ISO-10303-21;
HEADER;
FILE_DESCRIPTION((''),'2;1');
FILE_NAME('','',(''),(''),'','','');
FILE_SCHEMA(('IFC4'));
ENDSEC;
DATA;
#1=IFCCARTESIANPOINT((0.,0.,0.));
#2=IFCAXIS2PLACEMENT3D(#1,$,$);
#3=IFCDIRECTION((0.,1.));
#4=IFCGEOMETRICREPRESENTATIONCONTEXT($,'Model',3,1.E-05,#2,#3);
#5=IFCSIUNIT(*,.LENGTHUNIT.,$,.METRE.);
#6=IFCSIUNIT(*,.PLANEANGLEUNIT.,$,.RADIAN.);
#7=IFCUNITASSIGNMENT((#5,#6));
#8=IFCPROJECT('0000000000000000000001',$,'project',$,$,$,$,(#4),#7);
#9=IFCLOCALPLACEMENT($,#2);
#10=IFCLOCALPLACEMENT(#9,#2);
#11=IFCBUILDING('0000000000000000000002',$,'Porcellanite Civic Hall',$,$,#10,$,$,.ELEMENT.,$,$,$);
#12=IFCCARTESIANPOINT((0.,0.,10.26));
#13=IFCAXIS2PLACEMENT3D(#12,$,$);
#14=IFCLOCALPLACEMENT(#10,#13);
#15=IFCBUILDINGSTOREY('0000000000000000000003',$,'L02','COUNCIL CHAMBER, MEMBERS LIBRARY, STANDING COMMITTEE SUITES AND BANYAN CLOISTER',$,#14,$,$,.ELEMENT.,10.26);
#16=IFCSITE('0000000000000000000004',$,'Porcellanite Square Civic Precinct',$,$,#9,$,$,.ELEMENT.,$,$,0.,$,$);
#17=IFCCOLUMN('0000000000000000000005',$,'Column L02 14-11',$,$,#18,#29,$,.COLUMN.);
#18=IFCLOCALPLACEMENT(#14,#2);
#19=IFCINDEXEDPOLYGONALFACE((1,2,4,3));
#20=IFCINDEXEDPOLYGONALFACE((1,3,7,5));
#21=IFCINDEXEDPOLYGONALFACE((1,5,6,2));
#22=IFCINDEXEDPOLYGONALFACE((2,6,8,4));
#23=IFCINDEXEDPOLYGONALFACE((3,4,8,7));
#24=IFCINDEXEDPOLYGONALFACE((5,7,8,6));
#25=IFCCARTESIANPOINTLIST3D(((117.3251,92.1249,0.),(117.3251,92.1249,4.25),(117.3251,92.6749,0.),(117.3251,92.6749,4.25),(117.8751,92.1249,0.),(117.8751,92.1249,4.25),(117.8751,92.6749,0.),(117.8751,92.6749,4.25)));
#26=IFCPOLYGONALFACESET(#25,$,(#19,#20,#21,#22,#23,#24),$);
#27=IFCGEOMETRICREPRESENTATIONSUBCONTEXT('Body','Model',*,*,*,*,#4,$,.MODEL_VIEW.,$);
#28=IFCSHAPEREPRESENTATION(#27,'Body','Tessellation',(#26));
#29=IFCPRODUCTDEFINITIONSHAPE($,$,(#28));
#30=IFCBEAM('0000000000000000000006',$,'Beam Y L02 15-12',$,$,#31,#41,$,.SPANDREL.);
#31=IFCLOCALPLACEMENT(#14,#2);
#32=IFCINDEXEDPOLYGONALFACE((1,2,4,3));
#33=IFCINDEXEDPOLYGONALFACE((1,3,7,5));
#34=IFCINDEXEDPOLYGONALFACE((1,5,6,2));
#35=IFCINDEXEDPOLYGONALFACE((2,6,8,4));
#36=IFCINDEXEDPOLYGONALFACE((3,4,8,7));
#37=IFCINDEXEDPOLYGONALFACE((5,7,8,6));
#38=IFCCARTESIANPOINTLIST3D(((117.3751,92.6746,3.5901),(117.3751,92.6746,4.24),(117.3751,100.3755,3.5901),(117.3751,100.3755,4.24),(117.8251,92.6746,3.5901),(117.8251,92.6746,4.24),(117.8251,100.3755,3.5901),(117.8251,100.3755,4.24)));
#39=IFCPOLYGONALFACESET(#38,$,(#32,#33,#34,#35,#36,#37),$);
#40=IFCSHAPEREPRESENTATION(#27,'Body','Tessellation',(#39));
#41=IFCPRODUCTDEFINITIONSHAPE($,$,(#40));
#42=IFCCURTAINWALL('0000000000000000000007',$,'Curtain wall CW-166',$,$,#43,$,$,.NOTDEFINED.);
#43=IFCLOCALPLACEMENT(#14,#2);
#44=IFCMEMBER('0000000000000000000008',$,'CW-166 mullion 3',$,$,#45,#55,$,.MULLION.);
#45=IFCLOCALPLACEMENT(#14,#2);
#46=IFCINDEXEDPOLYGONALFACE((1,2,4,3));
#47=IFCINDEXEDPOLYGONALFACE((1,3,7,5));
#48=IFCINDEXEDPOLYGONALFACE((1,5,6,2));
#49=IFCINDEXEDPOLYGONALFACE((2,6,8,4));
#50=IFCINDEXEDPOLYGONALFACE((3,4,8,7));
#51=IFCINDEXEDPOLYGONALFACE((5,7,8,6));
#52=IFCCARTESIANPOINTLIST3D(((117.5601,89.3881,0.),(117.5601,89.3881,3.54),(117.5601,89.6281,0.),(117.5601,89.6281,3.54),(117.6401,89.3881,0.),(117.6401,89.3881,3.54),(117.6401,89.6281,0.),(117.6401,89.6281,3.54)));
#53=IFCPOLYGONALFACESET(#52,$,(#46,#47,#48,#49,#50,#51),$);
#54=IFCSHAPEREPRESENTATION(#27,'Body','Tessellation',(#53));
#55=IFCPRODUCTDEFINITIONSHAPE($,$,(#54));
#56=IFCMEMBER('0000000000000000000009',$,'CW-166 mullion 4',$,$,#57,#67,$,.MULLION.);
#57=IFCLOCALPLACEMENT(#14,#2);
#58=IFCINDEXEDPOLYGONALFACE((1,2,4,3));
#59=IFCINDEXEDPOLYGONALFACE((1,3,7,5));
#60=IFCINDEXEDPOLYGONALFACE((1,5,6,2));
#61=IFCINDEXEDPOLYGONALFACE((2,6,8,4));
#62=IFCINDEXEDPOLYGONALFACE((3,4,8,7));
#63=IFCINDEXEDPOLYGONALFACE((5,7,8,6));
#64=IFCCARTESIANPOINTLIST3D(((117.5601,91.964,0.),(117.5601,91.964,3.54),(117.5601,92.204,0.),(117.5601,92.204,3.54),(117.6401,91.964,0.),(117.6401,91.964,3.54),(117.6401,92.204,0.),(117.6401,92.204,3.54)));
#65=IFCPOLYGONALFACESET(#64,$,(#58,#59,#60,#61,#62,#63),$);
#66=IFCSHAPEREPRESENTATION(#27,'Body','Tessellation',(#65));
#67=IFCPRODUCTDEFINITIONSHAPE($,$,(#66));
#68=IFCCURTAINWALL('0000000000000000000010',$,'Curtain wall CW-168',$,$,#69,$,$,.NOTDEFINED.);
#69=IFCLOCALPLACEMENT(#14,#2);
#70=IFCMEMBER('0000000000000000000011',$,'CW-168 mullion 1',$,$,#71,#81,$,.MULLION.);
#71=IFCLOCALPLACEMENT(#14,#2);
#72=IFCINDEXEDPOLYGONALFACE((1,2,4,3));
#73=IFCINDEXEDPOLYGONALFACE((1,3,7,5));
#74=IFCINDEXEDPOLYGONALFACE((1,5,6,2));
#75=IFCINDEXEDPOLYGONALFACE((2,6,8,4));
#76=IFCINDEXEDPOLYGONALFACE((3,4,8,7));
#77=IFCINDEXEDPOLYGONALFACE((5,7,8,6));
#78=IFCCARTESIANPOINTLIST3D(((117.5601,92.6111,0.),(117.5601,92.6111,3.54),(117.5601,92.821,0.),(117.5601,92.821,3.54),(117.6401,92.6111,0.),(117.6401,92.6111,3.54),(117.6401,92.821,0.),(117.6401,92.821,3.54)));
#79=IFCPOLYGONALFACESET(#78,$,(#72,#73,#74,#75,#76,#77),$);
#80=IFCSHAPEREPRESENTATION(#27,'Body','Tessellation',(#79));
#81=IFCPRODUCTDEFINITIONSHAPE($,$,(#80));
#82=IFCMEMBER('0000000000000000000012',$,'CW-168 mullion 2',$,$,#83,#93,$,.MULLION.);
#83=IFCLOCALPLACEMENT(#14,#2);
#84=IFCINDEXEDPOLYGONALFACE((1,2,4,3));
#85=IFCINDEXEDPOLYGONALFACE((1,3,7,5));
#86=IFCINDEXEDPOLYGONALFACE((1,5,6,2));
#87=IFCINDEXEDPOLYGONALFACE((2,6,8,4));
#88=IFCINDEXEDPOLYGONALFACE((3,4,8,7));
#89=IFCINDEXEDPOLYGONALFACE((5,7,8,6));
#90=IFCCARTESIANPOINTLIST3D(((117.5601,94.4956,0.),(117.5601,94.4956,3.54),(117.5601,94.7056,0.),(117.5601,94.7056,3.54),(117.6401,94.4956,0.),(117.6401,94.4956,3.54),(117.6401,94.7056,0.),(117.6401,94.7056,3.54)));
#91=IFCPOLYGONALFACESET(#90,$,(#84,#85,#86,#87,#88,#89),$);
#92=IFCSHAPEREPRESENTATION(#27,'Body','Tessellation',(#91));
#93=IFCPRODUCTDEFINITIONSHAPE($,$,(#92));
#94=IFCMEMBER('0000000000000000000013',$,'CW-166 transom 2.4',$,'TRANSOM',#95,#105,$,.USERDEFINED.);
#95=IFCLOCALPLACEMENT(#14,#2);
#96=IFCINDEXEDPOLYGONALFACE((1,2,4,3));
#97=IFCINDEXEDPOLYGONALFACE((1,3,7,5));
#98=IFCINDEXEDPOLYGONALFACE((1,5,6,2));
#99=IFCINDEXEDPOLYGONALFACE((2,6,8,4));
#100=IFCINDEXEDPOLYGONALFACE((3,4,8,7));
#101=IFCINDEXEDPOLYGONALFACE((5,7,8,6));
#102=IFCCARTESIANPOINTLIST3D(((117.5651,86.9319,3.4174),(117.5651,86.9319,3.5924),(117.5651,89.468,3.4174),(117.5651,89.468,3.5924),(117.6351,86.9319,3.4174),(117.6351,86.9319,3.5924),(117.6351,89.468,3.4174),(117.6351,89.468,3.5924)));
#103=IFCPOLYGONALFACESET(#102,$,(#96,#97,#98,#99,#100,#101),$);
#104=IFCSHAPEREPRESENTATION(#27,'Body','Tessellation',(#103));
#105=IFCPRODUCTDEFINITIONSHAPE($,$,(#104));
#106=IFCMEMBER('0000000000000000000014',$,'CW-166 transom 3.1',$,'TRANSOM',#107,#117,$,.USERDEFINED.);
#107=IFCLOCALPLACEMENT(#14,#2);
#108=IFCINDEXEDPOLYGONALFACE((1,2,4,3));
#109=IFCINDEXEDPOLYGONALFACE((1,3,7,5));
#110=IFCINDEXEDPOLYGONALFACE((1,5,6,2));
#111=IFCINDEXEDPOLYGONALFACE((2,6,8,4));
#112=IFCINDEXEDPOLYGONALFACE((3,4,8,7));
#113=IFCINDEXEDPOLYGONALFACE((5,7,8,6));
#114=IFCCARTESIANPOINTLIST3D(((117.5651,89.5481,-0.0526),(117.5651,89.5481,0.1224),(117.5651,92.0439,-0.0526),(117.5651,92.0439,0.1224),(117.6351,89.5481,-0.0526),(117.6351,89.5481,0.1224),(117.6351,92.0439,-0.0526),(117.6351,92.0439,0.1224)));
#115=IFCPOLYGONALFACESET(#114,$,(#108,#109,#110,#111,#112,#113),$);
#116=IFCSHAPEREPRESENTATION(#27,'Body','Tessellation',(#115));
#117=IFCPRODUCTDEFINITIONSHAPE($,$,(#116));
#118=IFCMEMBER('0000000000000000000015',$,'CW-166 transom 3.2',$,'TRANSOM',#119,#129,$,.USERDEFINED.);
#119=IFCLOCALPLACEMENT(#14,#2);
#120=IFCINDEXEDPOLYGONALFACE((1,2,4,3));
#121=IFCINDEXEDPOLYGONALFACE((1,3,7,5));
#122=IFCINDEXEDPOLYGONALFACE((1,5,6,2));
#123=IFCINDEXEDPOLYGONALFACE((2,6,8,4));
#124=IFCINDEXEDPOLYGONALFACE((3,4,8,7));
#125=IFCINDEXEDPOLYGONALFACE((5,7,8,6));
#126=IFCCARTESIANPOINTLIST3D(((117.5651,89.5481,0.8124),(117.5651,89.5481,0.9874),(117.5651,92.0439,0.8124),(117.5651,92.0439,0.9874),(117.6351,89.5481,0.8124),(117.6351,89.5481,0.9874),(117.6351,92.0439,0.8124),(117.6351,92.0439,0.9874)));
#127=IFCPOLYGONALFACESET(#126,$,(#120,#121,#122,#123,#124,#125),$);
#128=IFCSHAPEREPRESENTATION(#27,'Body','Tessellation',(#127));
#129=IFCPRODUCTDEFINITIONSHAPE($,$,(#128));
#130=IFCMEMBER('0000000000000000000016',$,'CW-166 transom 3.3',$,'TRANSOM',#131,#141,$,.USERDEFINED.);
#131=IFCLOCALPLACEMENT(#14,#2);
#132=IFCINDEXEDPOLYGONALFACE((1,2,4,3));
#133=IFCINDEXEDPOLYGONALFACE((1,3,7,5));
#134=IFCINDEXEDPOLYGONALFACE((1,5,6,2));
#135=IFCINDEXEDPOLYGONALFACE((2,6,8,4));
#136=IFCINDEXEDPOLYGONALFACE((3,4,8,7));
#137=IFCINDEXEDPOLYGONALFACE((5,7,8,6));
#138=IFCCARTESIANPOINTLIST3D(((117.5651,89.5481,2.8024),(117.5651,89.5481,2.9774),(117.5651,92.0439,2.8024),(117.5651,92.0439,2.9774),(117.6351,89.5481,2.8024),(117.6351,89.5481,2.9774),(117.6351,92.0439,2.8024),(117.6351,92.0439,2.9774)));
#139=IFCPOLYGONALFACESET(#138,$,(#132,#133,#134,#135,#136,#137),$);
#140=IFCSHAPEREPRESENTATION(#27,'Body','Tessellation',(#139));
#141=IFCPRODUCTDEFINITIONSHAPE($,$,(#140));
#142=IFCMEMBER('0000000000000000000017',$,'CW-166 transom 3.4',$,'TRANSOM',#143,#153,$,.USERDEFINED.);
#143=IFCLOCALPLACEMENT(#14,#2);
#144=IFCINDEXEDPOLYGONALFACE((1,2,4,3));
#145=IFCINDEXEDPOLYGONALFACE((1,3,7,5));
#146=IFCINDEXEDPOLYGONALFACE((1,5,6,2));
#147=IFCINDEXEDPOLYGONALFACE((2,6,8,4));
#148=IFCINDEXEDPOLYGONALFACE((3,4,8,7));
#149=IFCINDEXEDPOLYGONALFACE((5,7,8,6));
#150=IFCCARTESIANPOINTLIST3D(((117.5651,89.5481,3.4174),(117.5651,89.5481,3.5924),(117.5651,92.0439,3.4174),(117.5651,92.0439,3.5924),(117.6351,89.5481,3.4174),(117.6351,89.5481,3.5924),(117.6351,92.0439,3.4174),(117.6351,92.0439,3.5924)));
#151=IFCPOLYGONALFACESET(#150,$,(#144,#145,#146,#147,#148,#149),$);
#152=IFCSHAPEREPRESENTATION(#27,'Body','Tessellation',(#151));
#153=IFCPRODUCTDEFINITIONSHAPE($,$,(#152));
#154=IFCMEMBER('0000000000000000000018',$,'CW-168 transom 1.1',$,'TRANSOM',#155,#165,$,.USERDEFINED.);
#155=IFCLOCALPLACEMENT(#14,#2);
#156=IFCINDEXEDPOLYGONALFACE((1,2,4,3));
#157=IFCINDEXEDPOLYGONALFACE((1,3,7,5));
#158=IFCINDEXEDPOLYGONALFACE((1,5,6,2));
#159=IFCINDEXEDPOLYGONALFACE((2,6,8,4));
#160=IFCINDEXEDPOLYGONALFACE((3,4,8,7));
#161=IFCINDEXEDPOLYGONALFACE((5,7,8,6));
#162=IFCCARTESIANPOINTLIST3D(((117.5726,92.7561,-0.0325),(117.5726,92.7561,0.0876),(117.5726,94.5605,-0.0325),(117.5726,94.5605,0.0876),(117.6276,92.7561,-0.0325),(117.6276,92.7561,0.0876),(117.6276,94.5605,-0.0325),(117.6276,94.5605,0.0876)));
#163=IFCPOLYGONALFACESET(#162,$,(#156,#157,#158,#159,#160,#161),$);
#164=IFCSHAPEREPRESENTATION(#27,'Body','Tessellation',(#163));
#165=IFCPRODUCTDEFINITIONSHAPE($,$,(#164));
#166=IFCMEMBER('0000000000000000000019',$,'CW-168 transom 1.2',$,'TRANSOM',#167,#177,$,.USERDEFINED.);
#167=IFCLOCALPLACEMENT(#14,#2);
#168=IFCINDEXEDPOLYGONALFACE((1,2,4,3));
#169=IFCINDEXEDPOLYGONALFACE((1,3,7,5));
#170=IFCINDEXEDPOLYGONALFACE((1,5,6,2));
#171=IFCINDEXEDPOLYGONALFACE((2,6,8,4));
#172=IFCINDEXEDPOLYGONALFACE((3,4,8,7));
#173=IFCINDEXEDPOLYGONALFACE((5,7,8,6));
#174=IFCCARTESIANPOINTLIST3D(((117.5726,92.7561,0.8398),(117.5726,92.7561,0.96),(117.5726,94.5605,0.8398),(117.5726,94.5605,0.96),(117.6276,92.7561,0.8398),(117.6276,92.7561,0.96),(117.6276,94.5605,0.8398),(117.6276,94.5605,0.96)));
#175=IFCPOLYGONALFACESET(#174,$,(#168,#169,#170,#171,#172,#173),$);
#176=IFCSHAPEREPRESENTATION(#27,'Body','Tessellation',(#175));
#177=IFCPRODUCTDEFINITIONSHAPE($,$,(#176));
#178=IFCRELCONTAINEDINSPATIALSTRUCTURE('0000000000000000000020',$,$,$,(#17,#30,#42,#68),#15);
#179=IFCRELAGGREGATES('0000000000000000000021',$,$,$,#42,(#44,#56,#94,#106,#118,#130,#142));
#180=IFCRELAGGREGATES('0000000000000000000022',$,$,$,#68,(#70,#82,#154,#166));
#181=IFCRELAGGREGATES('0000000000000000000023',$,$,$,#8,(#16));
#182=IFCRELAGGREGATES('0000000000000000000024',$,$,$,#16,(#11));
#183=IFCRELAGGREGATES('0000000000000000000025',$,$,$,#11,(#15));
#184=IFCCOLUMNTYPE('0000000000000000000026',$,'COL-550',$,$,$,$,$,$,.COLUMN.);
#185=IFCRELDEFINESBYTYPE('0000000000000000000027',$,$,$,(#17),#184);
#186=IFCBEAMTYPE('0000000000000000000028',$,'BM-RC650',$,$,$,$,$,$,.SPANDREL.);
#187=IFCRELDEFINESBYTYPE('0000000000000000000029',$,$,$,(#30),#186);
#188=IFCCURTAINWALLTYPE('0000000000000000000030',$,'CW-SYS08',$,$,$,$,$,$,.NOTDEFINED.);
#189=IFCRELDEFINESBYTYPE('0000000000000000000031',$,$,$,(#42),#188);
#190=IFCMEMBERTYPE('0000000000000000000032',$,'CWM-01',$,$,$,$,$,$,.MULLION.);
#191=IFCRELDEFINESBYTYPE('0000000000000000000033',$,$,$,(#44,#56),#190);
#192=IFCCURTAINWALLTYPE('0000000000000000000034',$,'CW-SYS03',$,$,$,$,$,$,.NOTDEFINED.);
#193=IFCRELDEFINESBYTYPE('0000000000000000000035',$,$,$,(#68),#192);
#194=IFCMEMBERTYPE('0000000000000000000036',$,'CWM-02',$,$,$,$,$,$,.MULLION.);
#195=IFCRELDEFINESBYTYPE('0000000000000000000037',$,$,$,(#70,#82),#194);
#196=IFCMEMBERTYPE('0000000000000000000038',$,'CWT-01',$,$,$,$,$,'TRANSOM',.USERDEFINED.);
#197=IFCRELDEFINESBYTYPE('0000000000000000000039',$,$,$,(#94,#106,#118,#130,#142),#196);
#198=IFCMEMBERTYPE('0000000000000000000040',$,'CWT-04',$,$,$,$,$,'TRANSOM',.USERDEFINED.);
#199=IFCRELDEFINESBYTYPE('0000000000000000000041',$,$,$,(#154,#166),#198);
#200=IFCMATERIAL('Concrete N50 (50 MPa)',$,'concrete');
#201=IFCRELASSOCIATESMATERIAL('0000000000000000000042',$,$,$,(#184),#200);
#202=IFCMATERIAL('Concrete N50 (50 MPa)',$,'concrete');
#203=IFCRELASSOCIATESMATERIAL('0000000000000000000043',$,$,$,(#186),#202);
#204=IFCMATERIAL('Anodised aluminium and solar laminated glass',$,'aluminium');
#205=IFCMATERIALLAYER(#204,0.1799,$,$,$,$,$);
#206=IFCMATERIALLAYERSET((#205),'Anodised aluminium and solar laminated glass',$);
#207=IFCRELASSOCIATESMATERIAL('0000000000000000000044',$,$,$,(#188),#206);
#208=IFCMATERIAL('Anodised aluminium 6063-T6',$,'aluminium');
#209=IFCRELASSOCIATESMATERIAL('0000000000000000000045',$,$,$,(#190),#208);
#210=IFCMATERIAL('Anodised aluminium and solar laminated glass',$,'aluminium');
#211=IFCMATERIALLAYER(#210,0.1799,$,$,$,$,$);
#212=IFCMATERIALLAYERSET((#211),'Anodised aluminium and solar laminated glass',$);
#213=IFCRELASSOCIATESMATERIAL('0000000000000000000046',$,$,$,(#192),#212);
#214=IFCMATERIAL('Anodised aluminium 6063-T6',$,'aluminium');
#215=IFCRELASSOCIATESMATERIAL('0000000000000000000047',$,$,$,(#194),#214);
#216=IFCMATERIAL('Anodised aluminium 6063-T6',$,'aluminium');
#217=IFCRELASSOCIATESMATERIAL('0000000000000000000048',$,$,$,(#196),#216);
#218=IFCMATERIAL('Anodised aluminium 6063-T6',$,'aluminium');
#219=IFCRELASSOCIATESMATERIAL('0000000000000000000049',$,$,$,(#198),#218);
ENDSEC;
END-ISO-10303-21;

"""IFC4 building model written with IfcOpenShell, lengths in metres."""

from ifc_helpers import new_model, si_unit, direction, frame, origin, origin_2d, place, context, subcontext, project, spatial, rectangle, extrude, material, layer, layer_set, material_profile, profile_set, type_object, element, aggregate, save


model = new_model("IFC4")

# Units and contexts
model_context = context("Model", 3, precision=1e-05, world=origin(), true_north=direction((0.0, 1.0)))
body_context = subcontext(model_context, "Body", "Model", "MODEL_VIEW")
ifc_project = project(units=[si_unit("LENGTHUNIT", "METRE"), si_unit("PLANEANGLEUNIT", "RADIAN")], contexts=[model_context])

# Site, building, storey
site_placement = place(None, origin())
site = spatial("IfcSite", under=ifc_project, at=site_placement, Name="Porcellanite Square Civic Precinct", CompositionType="ELEMENT", RefElevation=0.0)
building_placement = place(site_placement, origin())
building = spatial("IfcBuilding", under=site, at=building_placement, Name="Porcellanite Civic Hall", CompositionType="ELEMENT")
storey_placement = place(building_placement, frame((0.0, 0.0, 10.26)))
storey = spatial("IfcBuildingStorey", under=building, at=storey_placement, Name="L02", Description="COUNCIL CHAMBER, MEMBERS LIBRARY, STANDING COMMITTEE SUITES AND BANYAN CLOISTER", CompositionType="ELEMENT", Elevation=10.26)

# Column
ifc_material_1 = material(Name="Concrete N50 (50 MPa)", Category="concrete")
ifc_material_profile_1 = material_profile(ifc_material_1, rectangle(XDim=0.55, YDim=0.55, at=origin_2d()), Name="RC-550x550")
ifc_profile_set_1 = profile_set([ifc_material_profile_1], Name="Concrete N50 (50 MPa)")
column_type = type_object("IfcColumnType", Name="COL-550", PredefinedType="COLUMN", material=ifc_profile_set_1)
column_placement = place(storey_placement, frame((117.6001, 92.3999, 0.0), z_axis=(0.0, 0.0, 1.0), x_axis=(1.0, 0.0, 0.0)))
element("IfcColumn", 1, at=column_placement, inside=storey, type_object=column_type, Name="Column L02 14-11", PredefinedType="COLUMN", context=body_context, shape_type="SweptSolid", body=[
    extrude(rectangle(XDim=0.55, YDim=0.55, at=origin_2d()), origin(), (0.0, 0.0, 1.0), 4.25),
])

# Beam
ifc_material_2 = material(Name="Concrete N50 (50 MPa)", Category="concrete")
ifc_material_profile_2 = material_profile(ifc_material_2, rectangle(XDim=0.45, YDim=0.6499, at=origin_2d()), Name="RC-450x650")
ifc_profile_set_2 = profile_set([ifc_material_profile_2], Name="Concrete N50 (50 MPa)")
beam_type = type_object("IfcBeamType", Name="BM-RC650", PredefinedType="SPANDREL", material=ifc_profile_set_2)
beam_placement = place(storey_placement, frame((117.6001, 92.6746, 3.915), z_axis=(0.0, 1.0, 0.0), x_axis=(-1.0, 0.0, 0.0)))
element("IfcBeam", 2, at=beam_placement, inside=storey, type_object=beam_type, Name="Beam Y L02 15-12", PredefinedType="SPANDREL", context=body_context, shape_type="SweptSolid", body=[
    extrude(rectangle(XDim=0.45, YDim=0.6499, at=origin_2d()), origin(), (0.0, 0.0, 1.0), 7.7009),
])

# Curtain walls, members
ifc_material_3 = material(Name="Anodised aluminium and solar laminated glass", Category="aluminium")
ifc_layer_1 = layer(ifc_material_3, 0.1799)
ifc_layer_set_1 = layer_set([ifc_layer_1], Name="Anodised aluminium and solar laminated glass")
curtain_wall_type_1 = type_object("IfcCurtainWallType", Name="CW-SYS08", PredefinedType="NOTDEFINED", material=ifc_layer_set_1)
curtain_wall_1_placement = place(storey_placement, origin())
curtain_wall_1 = element("IfcCurtainWall", 3, at=curtain_wall_1_placement, inside=storey, type_object=curtain_wall_type_1, Name="Curtain wall CW-166", PredefinedType="NOTDEFINED")
ifc_material_4 = material(Name="Anodised aluminium 6063-T6", Category="aluminium")
ifc_material_profile_3 = material_profile(ifc_material_4, rectangle(XDim=0.0801, YDim=0.24, at=origin_2d()), Name="AL-80x240")
ifc_profile_set_3 = profile_set([ifc_material_profile_3], Name="Anodised aluminium 6063-T6")
member_type_1 = type_object("IfcMemberType", Name="CWM-01", PredefinedType="MULLION", material=ifc_profile_set_3)
member_1_placement = place(storey_placement, frame((117.6001, 89.5081, 0.0), z_axis=(0.0, 0.0, 1.0), x_axis=(-1.0, 0.0, 0.0)))
member_1 = element("IfcMember", 4, at=member_1_placement, type_object=member_type_1, Name="CW-166 mullion 3", PredefinedType="MULLION", context=body_context, shape_type="SweptSolid", body=[
    extrude(rectangle(XDim=0.0801, YDim=0.24, at=origin_2d()), origin(), (0.0, 0.0, 1.0), 3.54),
])
member_2_placement = place(storey_placement, frame((117.6001, 92.084, 0.0), z_axis=(0.0, 0.0, 1.0), x_axis=(-1.0, 0.0, 0.0)))
member_2 = element("IfcMember", 5, at=member_2_placement, type_object=member_type_1, Name="CW-166 mullion 4", PredefinedType="MULLION", context=body_context, shape_type="SweptSolid", body=[
    extrude(rectangle(XDim=0.0801, YDim=0.24, at=origin_2d()), origin(), (0.0, 0.0, 1.0), 3.54),
])
ifc_material_5 = material(Name="Anodised aluminium and solar laminated glass", Category="aluminium")
ifc_layer_2 = layer(ifc_material_5, 0.1799)
ifc_layer_set_2 = layer_set([ifc_layer_2], Name="Anodised aluminium and solar laminated glass")
curtain_wall_type_2 = type_object("IfcCurtainWallType", Name="CW-SYS03", PredefinedType="NOTDEFINED", material=ifc_layer_set_2)
curtain_wall_2_placement = place(storey_placement, origin())
curtain_wall_2 = element("IfcCurtainWall", 6, at=curtain_wall_2_placement, inside=storey, type_object=curtain_wall_type_2, Name="Curtain wall CW-168", PredefinedType="NOTDEFINED")
ifc_material_6 = material(Name="Anodised aluminium 6063-T6", Category="aluminium")
ifc_material_profile_4 = material_profile(ifc_material_6, rectangle(XDim=0.0801, YDim=0.21, at=origin_2d()), Name="AL-80x210")
ifc_profile_set_4 = profile_set([ifc_material_profile_4], Name="Anodised aluminium 6063-T6")
member_type_2 = type_object("IfcMemberType", Name="CWM-02", PredefinedType="MULLION", material=ifc_profile_set_4)
member_3_placement = place(storey_placement, frame((117.6001, 92.7161, 0.0), z_axis=(0.0, 0.0, 1.0), x_axis=(-1.0, 0.0, 0.0)))
member_3 = element("IfcMember", 7, at=member_3_placement, type_object=member_type_2, Name="CW-168 mullion 1", PredefinedType="MULLION", context=body_context, shape_type="SweptSolid", body=[
    extrude(rectangle(XDim=0.0801, YDim=0.21, at=origin_2d()), origin(), (0.0, 0.0, 1.0), 3.54),
])
member_4_placement = place(storey_placement, frame((117.6001, 94.6006, 0.0), z_axis=(0.0, 0.0, 1.0), x_axis=(-1.0, 0.0, 0.0)))
member_4 = element("IfcMember", 8, at=member_4_placement, type_object=member_type_2, Name="CW-168 mullion 2", PredefinedType="MULLION", context=body_context, shape_type="SweptSolid", body=[
    extrude(rectangle(XDim=0.0801, YDim=0.21, at=origin_2d()), origin(), (0.0, 0.0, 1.0), 3.54),
])

# Members
ifc_material_7 = material(Name="Anodised aluminium 6063-T6", Category="aluminium")
ifc_material_profile_5 = material_profile(ifc_material_7, rectangle(XDim=0.0701, YDim=0.175, at=origin_2d()), Name="AL-70x175")
ifc_profile_set_5 = profile_set([ifc_material_profile_5], Name="Anodised aluminium 6063-T6")
member_type_3 = type_object("IfcMemberType", Name="CWT-01", ElementType="TRANSOM", PredefinedType="USERDEFINED", material=ifc_profile_set_5)
member_5_placement = place(storey_placement, frame((117.6001, 86.9319, 3.5049), z_axis=(0.0, 1.0, 0.0), x_axis=(-1.0, 0.0, 0.0)))
member_5 = element("IfcMember", 9, at=member_5_placement, type_object=member_type_3, Name="CW-166 transom 2.4", ObjectType="TRANSOM", PredefinedType="USERDEFINED", context=body_context, shape_type="SweptSolid", body=[
    extrude(rectangle(XDim=0.0701, YDim=0.175, at=origin_2d()), origin(), (0.0, 0.0, 1.0), 2.5361),
])
member_6_placement = place(storey_placement, frame((117.6001, 89.5481, 0.0349), z_axis=(0.0, 1.0, 0.0), x_axis=(-1.0, 0.0, 0.0)))
member_6 = element("IfcMember", 10, at=member_6_placement, type_object=member_type_3, Name="CW-166 transom 3.1", ObjectType="TRANSOM", PredefinedType="USERDEFINED", context=body_context, shape_type="SweptSolid", body=[
    extrude(rectangle(XDim=0.0701, YDim=0.175, at=origin_2d()), origin(), (0.0, 0.0, 1.0), 2.4958),
])
member_7_placement = place(storey_placement, frame((117.6001, 89.5481, 0.8999), z_axis=(0.0, 1.0, 0.0), x_axis=(-1.0, 0.0, 0.0)))
member_7 = element("IfcMember", 11, at=member_7_placement, type_object=member_type_3, Name="CW-166 transom 3.2", ObjectType="TRANSOM", PredefinedType="USERDEFINED", context=body_context, shape_type="SweptSolid", body=[
    extrude(rectangle(XDim=0.0701, YDim=0.175, at=origin_2d()), origin(), (0.0, 0.0, 1.0), 2.4958),
])
member_8_placement = place(storey_placement, frame((117.6001, 89.5481, 2.8899), z_axis=(0.0, 1.0, 0.0), x_axis=(-1.0, 0.0, 0.0)))
member_8 = element("IfcMember", 12, at=member_8_placement, type_object=member_type_3, Name="CW-166 transom 3.3", ObjectType="TRANSOM", PredefinedType="USERDEFINED", context=body_context, shape_type="SweptSolid", body=[
    extrude(rectangle(XDim=0.0701, YDim=0.175, at=origin_2d()), origin(), (0.0, 0.0, 1.0), 2.4958),
])
member_9_placement = place(storey_placement, frame((117.6001, 89.5481, 3.5049), z_axis=(0.0, 1.0, 0.0), x_axis=(-1.0, 0.0, 0.0)))
member_9 = element("IfcMember", 13, at=member_9_placement, type_object=member_type_3, Name="CW-166 transom 3.4", ObjectType="TRANSOM", PredefinedType="USERDEFINED", context=body_context, shape_type="SweptSolid", body=[
    extrude(rectangle(XDim=0.0701, YDim=0.175, at=origin_2d()), origin(), (0.0, 0.0, 1.0), 2.4958),
])
ifc_material_8 = material(Name="Anodised aluminium 6063-T6", Category="aluminium")
ifc_material_profile_6 = material_profile(ifc_material_8, rectangle(XDim=0.0549, YDim=0.1201, at=origin_2d()), Name="AL-55x120")
ifc_profile_set_6 = profile_set([ifc_material_profile_6], Name="Anodised aluminium 6063-T6")
member_type_4 = type_object("IfcMemberType", Name="CWT-04", ElementType="TRANSOM", PredefinedType="USERDEFINED", material=ifc_profile_set_6)
member_10_placement = place(storey_placement, frame((117.6001, 92.7561, 0.0276), z_axis=(0.0, 1.0, 0.0), x_axis=(-1.0, 0.0, 0.0)))
member_10 = element("IfcMember", 14, at=member_10_placement, type_object=member_type_4, Name="CW-168 transom 1.1", ObjectType="TRANSOM", PredefinedType="USERDEFINED", context=body_context, shape_type="SweptSolid", body=[
    extrude(rectangle(XDim=0.0549, YDim=0.1201, at=origin_2d()), origin(), (0.0, 0.0, 1.0), 1.8044),
])
member_11_placement = place(storey_placement, frame((117.6001, 92.7561, 0.8999), z_axis=(0.0, 1.0, 0.0), x_axis=(-1.0, 0.0, 0.0)))
member_11 = element("IfcMember", 15, at=member_11_placement, type_object=member_type_4, Name="CW-168 transom 1.2", ObjectType="TRANSOM", PredefinedType="USERDEFINED", context=body_context, shape_type="SweptSolid", body=[
    extrude(rectangle(XDim=0.0549, YDim=0.1201, at=origin_2d()), origin(), (0.0, 0.0, 1.0), 1.8044),
])

aggregate(curtain_wall_1, [member_1, member_2, member_5, member_6, member_7, member_8, member_9])
aggregate(curtain_wall_2, [member_3, member_4, member_10, member_11])

save(model, "model.ifc")
